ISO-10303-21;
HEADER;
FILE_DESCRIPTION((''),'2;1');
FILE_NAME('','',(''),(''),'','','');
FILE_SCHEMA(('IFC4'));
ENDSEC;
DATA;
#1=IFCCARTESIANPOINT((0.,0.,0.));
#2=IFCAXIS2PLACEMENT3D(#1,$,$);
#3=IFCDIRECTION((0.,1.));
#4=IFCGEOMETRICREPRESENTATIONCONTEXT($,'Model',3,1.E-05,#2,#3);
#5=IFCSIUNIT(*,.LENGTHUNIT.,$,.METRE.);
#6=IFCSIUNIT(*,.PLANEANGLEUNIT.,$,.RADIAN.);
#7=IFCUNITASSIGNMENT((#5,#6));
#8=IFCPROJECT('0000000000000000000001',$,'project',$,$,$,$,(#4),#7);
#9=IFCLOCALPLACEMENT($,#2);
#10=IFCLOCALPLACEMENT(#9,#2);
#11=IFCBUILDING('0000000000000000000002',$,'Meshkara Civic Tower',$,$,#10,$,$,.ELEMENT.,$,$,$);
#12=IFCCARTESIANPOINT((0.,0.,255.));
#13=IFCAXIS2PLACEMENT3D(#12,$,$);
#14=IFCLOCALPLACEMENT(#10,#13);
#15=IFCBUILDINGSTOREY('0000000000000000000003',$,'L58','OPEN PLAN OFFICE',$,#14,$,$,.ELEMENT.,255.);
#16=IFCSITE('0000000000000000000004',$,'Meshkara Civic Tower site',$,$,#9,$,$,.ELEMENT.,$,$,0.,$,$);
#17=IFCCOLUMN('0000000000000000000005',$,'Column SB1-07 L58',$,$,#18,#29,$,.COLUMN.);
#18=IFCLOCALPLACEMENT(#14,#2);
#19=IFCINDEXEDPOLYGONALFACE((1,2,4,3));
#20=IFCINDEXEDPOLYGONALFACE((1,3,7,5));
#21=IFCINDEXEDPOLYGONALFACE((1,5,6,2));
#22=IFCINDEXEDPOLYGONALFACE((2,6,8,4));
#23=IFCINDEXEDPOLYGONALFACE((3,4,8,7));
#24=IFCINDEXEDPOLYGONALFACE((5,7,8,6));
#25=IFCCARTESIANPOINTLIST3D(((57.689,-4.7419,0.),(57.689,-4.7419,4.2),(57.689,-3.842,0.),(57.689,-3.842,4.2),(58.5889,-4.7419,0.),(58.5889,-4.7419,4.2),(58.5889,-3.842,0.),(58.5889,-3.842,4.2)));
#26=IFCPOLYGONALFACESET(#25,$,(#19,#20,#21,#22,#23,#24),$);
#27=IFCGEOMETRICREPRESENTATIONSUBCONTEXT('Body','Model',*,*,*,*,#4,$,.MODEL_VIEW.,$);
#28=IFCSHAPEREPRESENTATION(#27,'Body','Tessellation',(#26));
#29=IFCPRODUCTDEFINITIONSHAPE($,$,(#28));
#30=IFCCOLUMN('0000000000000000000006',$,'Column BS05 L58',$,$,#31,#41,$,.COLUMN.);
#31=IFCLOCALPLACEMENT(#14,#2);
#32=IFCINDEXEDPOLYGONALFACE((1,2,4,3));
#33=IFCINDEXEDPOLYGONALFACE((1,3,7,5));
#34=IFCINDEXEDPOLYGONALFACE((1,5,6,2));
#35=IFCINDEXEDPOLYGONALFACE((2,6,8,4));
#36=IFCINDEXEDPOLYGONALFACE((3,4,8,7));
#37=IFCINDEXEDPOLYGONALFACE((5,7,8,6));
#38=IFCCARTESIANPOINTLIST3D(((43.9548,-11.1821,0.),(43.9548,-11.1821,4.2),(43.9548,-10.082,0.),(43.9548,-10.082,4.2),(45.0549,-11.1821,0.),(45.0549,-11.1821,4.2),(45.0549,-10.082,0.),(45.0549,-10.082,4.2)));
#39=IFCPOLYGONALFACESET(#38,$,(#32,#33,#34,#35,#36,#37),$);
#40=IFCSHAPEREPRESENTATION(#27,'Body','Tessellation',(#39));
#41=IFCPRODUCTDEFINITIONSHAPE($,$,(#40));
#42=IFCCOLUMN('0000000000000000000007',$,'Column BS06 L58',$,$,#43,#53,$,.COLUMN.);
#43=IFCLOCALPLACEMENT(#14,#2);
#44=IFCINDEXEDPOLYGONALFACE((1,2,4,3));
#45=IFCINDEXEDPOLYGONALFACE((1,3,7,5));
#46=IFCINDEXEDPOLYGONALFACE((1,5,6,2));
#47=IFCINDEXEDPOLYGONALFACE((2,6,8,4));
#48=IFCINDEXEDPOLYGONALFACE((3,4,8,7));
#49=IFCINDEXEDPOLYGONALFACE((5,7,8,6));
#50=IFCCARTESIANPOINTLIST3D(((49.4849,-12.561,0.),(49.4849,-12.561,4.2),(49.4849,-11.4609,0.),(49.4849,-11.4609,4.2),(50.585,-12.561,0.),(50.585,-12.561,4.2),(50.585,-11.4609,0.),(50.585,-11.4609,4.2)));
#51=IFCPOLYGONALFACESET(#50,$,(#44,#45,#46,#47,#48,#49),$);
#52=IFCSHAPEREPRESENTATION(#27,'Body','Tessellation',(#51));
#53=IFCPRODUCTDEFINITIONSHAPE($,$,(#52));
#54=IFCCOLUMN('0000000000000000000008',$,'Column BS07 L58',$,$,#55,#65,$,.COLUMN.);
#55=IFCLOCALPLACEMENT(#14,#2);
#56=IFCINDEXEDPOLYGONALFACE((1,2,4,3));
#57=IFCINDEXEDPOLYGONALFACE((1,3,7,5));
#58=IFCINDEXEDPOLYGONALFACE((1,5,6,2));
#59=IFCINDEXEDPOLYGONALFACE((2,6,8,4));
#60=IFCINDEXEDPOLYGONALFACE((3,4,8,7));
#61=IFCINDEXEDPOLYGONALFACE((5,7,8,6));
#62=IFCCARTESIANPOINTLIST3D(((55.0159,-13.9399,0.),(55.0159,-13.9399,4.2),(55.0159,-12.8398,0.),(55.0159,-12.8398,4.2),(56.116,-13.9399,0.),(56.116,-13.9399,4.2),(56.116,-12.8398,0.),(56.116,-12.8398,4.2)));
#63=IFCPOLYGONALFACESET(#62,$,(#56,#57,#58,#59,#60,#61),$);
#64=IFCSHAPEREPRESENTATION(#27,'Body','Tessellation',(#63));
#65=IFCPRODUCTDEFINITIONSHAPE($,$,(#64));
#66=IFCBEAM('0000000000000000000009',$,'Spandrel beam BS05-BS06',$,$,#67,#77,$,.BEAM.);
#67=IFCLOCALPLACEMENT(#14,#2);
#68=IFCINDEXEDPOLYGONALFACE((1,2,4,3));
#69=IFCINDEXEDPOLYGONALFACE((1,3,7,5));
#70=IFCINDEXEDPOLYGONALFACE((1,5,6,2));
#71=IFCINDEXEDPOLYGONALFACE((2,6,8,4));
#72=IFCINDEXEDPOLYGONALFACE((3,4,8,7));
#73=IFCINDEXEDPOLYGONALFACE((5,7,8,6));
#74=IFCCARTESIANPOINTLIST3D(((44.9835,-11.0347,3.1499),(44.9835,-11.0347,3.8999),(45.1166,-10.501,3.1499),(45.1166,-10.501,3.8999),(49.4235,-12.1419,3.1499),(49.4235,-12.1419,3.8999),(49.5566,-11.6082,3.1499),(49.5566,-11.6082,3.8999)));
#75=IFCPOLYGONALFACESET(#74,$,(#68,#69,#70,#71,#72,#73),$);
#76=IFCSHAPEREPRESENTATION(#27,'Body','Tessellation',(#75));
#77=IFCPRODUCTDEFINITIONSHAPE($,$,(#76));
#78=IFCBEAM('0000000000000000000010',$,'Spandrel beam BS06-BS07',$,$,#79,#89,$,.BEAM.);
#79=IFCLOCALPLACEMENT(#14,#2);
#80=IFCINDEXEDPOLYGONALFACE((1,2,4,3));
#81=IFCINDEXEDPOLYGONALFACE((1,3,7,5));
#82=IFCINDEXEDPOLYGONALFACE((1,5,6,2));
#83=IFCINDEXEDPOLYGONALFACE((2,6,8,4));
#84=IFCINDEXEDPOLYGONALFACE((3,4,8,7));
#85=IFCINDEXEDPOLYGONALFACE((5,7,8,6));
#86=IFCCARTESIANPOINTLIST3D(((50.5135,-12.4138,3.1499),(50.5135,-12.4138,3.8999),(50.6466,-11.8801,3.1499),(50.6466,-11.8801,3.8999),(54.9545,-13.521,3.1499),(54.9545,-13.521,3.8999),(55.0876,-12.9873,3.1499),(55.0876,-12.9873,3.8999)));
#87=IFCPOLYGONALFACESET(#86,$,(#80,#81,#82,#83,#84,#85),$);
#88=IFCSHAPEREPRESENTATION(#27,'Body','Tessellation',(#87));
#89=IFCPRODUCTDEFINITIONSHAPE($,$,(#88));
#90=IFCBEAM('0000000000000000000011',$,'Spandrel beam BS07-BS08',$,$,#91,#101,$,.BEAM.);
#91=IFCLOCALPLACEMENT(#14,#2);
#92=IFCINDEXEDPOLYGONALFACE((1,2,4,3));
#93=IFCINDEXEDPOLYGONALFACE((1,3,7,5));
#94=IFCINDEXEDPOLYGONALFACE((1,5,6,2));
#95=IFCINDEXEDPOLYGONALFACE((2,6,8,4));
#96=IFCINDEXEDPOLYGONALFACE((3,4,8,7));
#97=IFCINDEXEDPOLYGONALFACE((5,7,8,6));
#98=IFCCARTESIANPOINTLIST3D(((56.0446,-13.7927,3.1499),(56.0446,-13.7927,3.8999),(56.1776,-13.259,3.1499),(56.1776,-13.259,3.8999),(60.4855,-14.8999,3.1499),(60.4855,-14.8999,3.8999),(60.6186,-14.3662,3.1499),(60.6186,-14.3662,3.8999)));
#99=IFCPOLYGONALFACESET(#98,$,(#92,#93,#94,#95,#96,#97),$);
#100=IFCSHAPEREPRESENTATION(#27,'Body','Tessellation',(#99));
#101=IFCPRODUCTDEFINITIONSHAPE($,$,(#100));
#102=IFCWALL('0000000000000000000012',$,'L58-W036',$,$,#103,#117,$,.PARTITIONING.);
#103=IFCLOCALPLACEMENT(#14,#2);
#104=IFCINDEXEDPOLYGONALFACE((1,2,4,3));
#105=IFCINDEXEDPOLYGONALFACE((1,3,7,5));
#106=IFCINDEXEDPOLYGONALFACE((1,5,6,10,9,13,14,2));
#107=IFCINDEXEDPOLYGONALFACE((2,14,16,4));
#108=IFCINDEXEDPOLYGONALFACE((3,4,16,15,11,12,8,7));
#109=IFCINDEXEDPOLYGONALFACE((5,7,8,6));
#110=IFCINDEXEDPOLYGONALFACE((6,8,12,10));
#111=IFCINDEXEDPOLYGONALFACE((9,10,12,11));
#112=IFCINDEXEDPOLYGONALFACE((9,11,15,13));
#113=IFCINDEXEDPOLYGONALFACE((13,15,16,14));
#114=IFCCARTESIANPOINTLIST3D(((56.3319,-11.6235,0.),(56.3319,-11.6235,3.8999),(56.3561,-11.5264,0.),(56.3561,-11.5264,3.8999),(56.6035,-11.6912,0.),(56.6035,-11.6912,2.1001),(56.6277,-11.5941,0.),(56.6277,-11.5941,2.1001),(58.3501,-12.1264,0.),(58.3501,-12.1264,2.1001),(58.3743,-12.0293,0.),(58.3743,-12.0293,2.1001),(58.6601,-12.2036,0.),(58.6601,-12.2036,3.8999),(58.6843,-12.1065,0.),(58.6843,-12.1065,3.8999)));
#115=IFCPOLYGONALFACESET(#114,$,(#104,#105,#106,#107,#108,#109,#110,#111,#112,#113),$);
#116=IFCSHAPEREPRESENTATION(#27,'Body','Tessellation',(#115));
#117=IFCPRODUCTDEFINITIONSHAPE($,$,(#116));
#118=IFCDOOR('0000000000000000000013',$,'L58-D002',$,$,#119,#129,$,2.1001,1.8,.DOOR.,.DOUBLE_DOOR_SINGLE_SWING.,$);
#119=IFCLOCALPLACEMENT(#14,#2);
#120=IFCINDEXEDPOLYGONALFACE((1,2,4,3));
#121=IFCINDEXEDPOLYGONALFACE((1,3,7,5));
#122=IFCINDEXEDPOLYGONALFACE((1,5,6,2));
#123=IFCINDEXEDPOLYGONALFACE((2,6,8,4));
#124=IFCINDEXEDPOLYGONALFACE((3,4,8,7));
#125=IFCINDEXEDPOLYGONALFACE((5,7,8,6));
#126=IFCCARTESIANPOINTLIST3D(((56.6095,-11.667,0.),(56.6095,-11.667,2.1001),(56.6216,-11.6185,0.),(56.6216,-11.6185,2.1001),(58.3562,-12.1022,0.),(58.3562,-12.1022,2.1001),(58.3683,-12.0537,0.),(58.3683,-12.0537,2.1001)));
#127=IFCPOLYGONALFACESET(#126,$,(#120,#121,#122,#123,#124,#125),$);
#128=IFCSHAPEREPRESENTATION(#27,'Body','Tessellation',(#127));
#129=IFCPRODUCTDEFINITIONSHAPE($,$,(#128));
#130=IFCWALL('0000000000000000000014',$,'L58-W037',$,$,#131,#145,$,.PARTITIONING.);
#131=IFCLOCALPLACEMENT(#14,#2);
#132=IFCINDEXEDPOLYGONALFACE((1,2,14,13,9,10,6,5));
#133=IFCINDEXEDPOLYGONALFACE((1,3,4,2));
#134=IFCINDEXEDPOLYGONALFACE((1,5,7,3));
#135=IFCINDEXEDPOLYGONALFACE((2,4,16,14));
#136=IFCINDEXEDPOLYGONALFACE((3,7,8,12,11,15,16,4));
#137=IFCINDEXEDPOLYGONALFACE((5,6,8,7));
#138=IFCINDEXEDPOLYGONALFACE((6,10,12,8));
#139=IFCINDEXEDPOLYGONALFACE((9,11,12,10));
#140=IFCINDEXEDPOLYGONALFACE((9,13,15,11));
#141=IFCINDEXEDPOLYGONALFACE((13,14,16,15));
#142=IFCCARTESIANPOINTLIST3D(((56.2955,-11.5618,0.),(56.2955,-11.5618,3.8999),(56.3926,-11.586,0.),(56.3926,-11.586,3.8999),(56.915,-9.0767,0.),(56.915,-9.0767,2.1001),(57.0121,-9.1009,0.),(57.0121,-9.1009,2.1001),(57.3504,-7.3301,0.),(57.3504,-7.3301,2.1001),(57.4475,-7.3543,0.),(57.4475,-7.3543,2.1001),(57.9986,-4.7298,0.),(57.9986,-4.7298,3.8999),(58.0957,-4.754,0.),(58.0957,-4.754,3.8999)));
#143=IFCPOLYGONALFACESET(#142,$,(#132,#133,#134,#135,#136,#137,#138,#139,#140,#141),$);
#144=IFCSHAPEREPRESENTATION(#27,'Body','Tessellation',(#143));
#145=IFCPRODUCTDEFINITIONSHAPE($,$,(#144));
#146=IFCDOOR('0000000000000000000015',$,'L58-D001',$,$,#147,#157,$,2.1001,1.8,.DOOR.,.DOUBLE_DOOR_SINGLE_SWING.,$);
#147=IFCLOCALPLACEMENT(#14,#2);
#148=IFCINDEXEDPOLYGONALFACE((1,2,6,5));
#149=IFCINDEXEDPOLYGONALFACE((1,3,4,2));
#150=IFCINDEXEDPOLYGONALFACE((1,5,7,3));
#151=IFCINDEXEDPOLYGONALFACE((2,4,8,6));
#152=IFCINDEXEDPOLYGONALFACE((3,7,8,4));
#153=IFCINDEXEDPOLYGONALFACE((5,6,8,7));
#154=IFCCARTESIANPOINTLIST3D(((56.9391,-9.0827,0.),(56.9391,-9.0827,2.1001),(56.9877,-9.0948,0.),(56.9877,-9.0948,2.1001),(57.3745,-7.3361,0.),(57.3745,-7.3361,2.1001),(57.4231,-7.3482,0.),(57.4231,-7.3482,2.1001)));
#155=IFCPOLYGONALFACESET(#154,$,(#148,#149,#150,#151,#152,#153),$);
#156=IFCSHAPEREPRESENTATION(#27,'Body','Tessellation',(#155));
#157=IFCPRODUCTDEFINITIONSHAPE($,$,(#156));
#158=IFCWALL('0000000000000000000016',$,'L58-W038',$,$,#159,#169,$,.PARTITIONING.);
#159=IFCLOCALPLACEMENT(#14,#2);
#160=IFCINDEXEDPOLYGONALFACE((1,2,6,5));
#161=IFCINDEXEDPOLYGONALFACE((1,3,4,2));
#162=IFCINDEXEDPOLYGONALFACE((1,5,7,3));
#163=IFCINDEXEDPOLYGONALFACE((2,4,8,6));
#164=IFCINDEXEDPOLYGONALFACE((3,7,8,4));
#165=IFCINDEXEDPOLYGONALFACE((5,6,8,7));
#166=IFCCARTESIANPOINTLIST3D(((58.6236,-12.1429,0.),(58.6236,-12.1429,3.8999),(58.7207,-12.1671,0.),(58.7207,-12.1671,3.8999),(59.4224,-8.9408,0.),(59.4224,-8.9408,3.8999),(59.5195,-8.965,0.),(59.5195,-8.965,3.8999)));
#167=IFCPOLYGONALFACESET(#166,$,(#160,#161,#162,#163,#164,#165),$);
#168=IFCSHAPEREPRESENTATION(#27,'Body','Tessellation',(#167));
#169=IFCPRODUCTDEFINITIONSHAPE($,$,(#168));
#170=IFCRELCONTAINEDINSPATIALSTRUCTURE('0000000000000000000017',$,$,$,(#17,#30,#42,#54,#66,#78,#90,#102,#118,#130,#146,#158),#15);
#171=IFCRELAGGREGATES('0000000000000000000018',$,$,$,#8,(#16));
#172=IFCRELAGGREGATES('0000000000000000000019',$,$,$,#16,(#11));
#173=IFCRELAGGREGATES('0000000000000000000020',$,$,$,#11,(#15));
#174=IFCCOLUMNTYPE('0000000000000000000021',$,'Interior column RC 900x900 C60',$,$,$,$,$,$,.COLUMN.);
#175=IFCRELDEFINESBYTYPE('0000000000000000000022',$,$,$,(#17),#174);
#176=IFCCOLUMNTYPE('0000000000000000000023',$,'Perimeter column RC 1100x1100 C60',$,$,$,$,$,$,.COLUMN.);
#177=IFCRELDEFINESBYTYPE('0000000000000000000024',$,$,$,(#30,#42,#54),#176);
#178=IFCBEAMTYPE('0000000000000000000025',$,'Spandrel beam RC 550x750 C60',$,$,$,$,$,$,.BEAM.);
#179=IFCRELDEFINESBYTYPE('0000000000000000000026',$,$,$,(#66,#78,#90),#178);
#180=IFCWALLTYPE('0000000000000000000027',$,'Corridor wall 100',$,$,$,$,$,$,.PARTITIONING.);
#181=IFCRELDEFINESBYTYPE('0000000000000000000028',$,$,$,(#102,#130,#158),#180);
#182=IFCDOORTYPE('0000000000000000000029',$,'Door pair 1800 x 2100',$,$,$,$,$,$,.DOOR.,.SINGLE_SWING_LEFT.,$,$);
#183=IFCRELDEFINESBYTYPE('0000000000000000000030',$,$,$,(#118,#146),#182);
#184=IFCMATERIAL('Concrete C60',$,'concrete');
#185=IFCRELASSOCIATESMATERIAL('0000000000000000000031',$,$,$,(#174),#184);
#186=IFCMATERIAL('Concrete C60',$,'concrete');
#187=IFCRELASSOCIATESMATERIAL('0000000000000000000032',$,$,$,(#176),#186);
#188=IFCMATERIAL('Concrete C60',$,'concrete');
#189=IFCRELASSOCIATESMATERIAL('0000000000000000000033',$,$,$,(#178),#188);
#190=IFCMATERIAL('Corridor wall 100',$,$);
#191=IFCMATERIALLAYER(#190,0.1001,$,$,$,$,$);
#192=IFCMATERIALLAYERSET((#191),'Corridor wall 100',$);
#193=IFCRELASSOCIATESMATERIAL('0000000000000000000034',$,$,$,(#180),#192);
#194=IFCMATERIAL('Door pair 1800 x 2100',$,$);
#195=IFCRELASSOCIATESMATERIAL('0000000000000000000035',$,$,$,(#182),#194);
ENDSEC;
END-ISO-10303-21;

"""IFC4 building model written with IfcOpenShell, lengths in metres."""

from ifc_helpers import new_model, si_unit, direction, frame, frame_2d, origin, origin_2d, place, context, subcontext, project, spatial, rectangle, extrude, material, layer, layer_set, material_profile, profile_set, type_object, element, fill, save


model = new_model("IFC4")

# Units and contexts
model_context = context("Model", 3, precision=1e-05, world=origin(), true_north=direction((0.0, 1.0)))
body_context = subcontext(model_context, "Body", "Model", "MODEL_VIEW")
ifc_project = project(units=[si_unit("LENGTHUNIT", "METRE"), si_unit("PLANEANGLEUNIT", "RADIAN")], contexts=[model_context])

# Site, building, storey
site_placement = place(None, origin())
site = spatial("IfcSite", under=ifc_project, at=site_placement, Name="Meshkara Civic Tower site", CompositionType="ELEMENT", RefElevation=0.0)
building_placement = place(site_placement, origin())
building = spatial("IfcBuilding", under=site, at=building_placement, Name="Meshkara Civic Tower", CompositionType="ELEMENT")
storey_placement = place(building_placement, frame((0.0, 0.0, 255.0)))
storey = spatial("IfcBuildingStorey", under=building, at=storey_placement, Name="L58", Description="OPEN PLAN OFFICE", CompositionType="ELEMENT", Elevation=255.0)

# Columns
ifc_material_1 = material(Name="Concrete C60", Category="concrete")
ifc_material_profile_1 = material_profile(ifc_material_1, rectangle(XDim=0.8999, YDim=0.8999, at=origin_2d()))
ifc_profile_set_1 = profile_set([ifc_material_profile_1], Name="Concrete C60")
column_type_1 = type_object("IfcColumnType", Name="Interior column RC 900x900 C60", PredefinedType="COLUMN", material=ifc_profile_set_1)
column_placement = place(storey_placement, frame((58.1389, -4.292, 0.0), z_axis=(0.0, 0.0, 1.0), x_axis=(1.0, 0.0, 0.0)))
element("IfcColumn", 1, at=column_placement, inside=storey, type_object=column_type_1, Name="Column SB1-07 L58", PredefinedType="COLUMN", context=body_context, shape_type="SweptSolid", body=[
    extrude(rectangle(XDim=0.8999, YDim=0.8999, at=origin_2d()), origin(), (0.0, 0.0, 1.0), 4.2),
])
ifc_material_2 = material(Name="Concrete C60", Category="concrete")
ifc_material_profile_2 = material_profile(ifc_material_2, rectangle(XDim=1.1001, YDim=1.1001, at=origin_2d()))
ifc_profile_set_2 = profile_set([ifc_material_profile_2], Name="Concrete C60")
column_type_2 = type_object("IfcColumnType", Name="Perimeter column RC 1100x1100 C60", PredefinedType="COLUMN", material=ifc_profile_set_2)
for number, where, z_axis, x_axis, name in (
    (2, (44.5049, -10.6321, 0.0), (0.0, 0.0, 1.0), (1.0, 0.0, 0.0), "Column BS05 L58"),
    (3, (50.0349, -12.011, 0.0), (0.0, 0.0, 1.0), (1.0, 0.0, 0.0), "Column BS06 L58"),
    (4, (55.5659, -13.3899, 0.0), (0.0, 0.0, 1.0), (1.0, 0.0, 0.0), "Column BS07 L58"),
):
    element("IfcColumn", number, at=place(storey_placement, frame(where, z_axis=z_axis, x_axis=x_axis)), inside=storey, type_object=column_type_2, Name=name, PredefinedType="COLUMN", context=body_context, shape_type="SweptSolid", body=[
        extrude(rectangle(XDim=1.1001, YDim=1.1001, at=origin_2d()), origin(), (0.0, 0.0, 1.0), 4.2),
    ])

# Beams
ifc_material_3 = material(Name="Concrete C60", Category="concrete")
ifc_material_profile_3 = material_profile(ifc_material_3, rectangle(XDim=0.55, YDim=0.75, at=origin_2d()))
ifc_profile_set_3 = profile_set([ifc_material_profile_3], Name="Concrete C60")
beam_type = type_object("IfcBeamType", Name="Spandrel beam RC 550x750 C60", PredefinedType="BEAM", material=ifc_profile_set_3)
beam_placement = place(storey_placement, frame((45.05, -10.7678, 3.5249), z_axis=(0.970287, -0.241958, 0.0), x_axis=(0.241958, 0.970287, 0.0)))
element("IfcBeam", 5, at=beam_placement, inside=storey, type_object=beam_type, Name="Spandrel beam BS05-BS06", PredefinedType="BEAM", context=body_context, shape_type="SweptSolid", body=[
    extrude(rectangle(XDim=0.55, YDim=0.75, at=origin_2d()), origin(), (0.0, 0.0, 1.0), 4.5759),
])
for number, where, z_axis, x_axis, name in (
    (6, (50.5801, -12.147, 3.5249), (0.970299, -0.241908, 0.0), (0.241908, 0.970299, 0.0), "Spandrel beam BS06-BS07"),
    (7, (56.1111, -13.5259, 3.5249), (0.970299, -0.241908, 0.0), (0.241908, 0.970299, 0.0), "Spandrel beam BS07-BS08"),
):
    element("IfcBeam", number, at=place(storey_placement, frame(where, z_axis=z_axis, x_axis=x_axis)), inside=storey, type_object=beam_type, Name=name, PredefinedType="BEAM", context=body_context, shape_type="SweptSolid", body=[
        extrude(rectangle(XDim=0.55, YDim=0.75, at=origin_2d()), origin(), (0.0, 0.0, 1.0), 4.5769),
    ])

# Walls, openings, doors
ifc_material_4 = material(Name="Corridor wall 100")
ifc_layer_1 = layer(ifc_material_4, 0.1001)
ifc_layer_set_1 = layer_set([ifc_layer_1], Name="Corridor wall 100")
wall_type_1 = type_object("IfcWallType", Name="Corridor wall 100", PredefinedType="PARTITIONING", material=ifc_layer_set_1)
wall_1_placement = place(storey_placement, frame((56.344, -11.575, 0.0), z_axis=(0.0, 0.0, 1.0), x_axis=(0.970334, -0.241769, 0.0)))
wall_1 = element("IfcWall", 8, at=wall_1_placement, inside=storey, type_object=wall_type_1, Name="L58-W036", PredefinedType="PARTITIONING", context=body_context, shape_type="SweptSolid", body=[
    extrude(rectangle(XDim=2.3994, YDim=0.1001, at=frame_2d((1.1997, 0.0))), origin(), (0.0, 0.0, 1.0), 3.8999),
])
opening_1_placement = place(wall_1_placement, frame((0.28, 0.0, 0.0)))
opening_1 = element("IfcOpeningElement", 9, at=opening_1_placement, cuts=wall_1, PredefinedType="OPENING", context=body_context, shape_type="SweptSolid", body=[
    extrude(rectangle(XDim=1.8, YDim=2.1001, at=frame_2d((0.8999, 1.05))), frame((0.0, 0.0601, 0.0), z_axis=(0.0, -1.0, 0.0), x_axis=(1.0, 0.0, 0.0)), (0.0, 0.0, 1.0), 0.1201),
])
ifc_material_5 = material(Name="Door pair 1800 x 2100")
door_type_1 = type_object("IfcDoorType", Name="Door pair 1800 x 2100", OperationType="SINGLE_SWING_LEFT", PredefinedType="DOOR", material=ifc_material_5)
door_1_placement = place(opening_1_placement, origin())
door_1 = element("IfcDoor", 10, at=door_1_placement, inside=storey, type_object=door_type_1, Name="L58-D002", OperationType="DOUBLE_DOOR_SINGLE_SWING", OverallHeight=2.1001, OverallWidth=1.8, PredefinedType="DOOR", context=body_context, shape_type="SweptSolid", body=[
    extrude(rectangle(XDim=1.8, YDim=2.1001, at=frame_2d((0.8999, 1.05))), frame((0.0, 0.0249, 0.0), z_axis=(0.0, -1.0, 0.0), x_axis=(1.0, 0.0, 0.0)), (0.0, 0.0, 1.0), 0.05),
])
fill(opening_1, door_1)
wall_2_placement = place(storey_placement, frame((58.0471, -4.7419, 0.0), z_axis=(0.0, 0.0, 1.0), x_axis=(-0.241883, -0.970305, 0.0)))
wall_2 = element("IfcWall", 11, at=wall_2_placement, inside=storey, type_object=wall_type_1, Name="L58-W037", PredefinedType="PARTITIONING", context=body_context, shape_type="SweptSolid", body=[
    extrude(rectangle(XDim=7.041, YDim=0.1001, at=frame_2d((3.5205, 0.0))), origin(), (0.0, 0.0, 1.0), 3.8999),
])
opening_2_placement = place(wall_2_placement, frame((2.6799, 0.0, 0.0)))
opening_2 = element("IfcOpeningElement", 12, at=opening_2_placement, cuts=wall_2, PredefinedType="OPENING", context=body_context, shape_type="SweptSolid", body=[
    extrude(rectangle(XDim=1.8, YDim=2.1001, at=frame_2d((0.8999, 1.05))), frame((0.0, 0.0601, 0.0), z_axis=(0.0, -1.0, 0.0), x_axis=(1.0, 0.0, 0.0)), (0.0, 0.0, 1.0), 0.1201),
])
door_2_placement = place(opening_2_placement, origin())
door_2 = element("IfcDoor", 13, at=door_2_placement, inside=storey, type_object=door_type_1, Name="L58-D001", OperationType="DOUBLE_DOOR_SINGLE_SWING", OverallHeight=2.1001, OverallWidth=1.8, PredefinedType="DOOR", context=body_context, shape_type="SweptSolid", body=[
    extrude(rectangle(XDim=1.8, YDim=2.1001, at=frame_2d((0.8999, 1.05))), frame((0.0, 0.0249, 0.0), z_axis=(0.0, -1.0, 0.0), x_axis=(1.0, 0.0, 0.0)), (0.0, 0.0, 1.0), 0.05),
])
fill(opening_2, door_2)

# Wall
wall_3_placement = place(storey_placement, frame((58.6721, -12.155, 0.0), z_axis=(0.0, 0.0, 1.0), x_axis=(0.242048, 0.970264, 0.0)))
element("IfcWall", 14, at=wall_3_placement, inside=storey, type_object=wall_type_1, Name="L58-W038", PredefinedType="PARTITIONING", context=body_context, shape_type="SweptSolid", body=[
    extrude(rectangle(XDim=3.3003, YDim=0.1001, at=frame_2d((1.6501, 0.0))), origin(), (0.0, 0.0, 1.0), 3.8999),
])

save(model, "model.ifc")
